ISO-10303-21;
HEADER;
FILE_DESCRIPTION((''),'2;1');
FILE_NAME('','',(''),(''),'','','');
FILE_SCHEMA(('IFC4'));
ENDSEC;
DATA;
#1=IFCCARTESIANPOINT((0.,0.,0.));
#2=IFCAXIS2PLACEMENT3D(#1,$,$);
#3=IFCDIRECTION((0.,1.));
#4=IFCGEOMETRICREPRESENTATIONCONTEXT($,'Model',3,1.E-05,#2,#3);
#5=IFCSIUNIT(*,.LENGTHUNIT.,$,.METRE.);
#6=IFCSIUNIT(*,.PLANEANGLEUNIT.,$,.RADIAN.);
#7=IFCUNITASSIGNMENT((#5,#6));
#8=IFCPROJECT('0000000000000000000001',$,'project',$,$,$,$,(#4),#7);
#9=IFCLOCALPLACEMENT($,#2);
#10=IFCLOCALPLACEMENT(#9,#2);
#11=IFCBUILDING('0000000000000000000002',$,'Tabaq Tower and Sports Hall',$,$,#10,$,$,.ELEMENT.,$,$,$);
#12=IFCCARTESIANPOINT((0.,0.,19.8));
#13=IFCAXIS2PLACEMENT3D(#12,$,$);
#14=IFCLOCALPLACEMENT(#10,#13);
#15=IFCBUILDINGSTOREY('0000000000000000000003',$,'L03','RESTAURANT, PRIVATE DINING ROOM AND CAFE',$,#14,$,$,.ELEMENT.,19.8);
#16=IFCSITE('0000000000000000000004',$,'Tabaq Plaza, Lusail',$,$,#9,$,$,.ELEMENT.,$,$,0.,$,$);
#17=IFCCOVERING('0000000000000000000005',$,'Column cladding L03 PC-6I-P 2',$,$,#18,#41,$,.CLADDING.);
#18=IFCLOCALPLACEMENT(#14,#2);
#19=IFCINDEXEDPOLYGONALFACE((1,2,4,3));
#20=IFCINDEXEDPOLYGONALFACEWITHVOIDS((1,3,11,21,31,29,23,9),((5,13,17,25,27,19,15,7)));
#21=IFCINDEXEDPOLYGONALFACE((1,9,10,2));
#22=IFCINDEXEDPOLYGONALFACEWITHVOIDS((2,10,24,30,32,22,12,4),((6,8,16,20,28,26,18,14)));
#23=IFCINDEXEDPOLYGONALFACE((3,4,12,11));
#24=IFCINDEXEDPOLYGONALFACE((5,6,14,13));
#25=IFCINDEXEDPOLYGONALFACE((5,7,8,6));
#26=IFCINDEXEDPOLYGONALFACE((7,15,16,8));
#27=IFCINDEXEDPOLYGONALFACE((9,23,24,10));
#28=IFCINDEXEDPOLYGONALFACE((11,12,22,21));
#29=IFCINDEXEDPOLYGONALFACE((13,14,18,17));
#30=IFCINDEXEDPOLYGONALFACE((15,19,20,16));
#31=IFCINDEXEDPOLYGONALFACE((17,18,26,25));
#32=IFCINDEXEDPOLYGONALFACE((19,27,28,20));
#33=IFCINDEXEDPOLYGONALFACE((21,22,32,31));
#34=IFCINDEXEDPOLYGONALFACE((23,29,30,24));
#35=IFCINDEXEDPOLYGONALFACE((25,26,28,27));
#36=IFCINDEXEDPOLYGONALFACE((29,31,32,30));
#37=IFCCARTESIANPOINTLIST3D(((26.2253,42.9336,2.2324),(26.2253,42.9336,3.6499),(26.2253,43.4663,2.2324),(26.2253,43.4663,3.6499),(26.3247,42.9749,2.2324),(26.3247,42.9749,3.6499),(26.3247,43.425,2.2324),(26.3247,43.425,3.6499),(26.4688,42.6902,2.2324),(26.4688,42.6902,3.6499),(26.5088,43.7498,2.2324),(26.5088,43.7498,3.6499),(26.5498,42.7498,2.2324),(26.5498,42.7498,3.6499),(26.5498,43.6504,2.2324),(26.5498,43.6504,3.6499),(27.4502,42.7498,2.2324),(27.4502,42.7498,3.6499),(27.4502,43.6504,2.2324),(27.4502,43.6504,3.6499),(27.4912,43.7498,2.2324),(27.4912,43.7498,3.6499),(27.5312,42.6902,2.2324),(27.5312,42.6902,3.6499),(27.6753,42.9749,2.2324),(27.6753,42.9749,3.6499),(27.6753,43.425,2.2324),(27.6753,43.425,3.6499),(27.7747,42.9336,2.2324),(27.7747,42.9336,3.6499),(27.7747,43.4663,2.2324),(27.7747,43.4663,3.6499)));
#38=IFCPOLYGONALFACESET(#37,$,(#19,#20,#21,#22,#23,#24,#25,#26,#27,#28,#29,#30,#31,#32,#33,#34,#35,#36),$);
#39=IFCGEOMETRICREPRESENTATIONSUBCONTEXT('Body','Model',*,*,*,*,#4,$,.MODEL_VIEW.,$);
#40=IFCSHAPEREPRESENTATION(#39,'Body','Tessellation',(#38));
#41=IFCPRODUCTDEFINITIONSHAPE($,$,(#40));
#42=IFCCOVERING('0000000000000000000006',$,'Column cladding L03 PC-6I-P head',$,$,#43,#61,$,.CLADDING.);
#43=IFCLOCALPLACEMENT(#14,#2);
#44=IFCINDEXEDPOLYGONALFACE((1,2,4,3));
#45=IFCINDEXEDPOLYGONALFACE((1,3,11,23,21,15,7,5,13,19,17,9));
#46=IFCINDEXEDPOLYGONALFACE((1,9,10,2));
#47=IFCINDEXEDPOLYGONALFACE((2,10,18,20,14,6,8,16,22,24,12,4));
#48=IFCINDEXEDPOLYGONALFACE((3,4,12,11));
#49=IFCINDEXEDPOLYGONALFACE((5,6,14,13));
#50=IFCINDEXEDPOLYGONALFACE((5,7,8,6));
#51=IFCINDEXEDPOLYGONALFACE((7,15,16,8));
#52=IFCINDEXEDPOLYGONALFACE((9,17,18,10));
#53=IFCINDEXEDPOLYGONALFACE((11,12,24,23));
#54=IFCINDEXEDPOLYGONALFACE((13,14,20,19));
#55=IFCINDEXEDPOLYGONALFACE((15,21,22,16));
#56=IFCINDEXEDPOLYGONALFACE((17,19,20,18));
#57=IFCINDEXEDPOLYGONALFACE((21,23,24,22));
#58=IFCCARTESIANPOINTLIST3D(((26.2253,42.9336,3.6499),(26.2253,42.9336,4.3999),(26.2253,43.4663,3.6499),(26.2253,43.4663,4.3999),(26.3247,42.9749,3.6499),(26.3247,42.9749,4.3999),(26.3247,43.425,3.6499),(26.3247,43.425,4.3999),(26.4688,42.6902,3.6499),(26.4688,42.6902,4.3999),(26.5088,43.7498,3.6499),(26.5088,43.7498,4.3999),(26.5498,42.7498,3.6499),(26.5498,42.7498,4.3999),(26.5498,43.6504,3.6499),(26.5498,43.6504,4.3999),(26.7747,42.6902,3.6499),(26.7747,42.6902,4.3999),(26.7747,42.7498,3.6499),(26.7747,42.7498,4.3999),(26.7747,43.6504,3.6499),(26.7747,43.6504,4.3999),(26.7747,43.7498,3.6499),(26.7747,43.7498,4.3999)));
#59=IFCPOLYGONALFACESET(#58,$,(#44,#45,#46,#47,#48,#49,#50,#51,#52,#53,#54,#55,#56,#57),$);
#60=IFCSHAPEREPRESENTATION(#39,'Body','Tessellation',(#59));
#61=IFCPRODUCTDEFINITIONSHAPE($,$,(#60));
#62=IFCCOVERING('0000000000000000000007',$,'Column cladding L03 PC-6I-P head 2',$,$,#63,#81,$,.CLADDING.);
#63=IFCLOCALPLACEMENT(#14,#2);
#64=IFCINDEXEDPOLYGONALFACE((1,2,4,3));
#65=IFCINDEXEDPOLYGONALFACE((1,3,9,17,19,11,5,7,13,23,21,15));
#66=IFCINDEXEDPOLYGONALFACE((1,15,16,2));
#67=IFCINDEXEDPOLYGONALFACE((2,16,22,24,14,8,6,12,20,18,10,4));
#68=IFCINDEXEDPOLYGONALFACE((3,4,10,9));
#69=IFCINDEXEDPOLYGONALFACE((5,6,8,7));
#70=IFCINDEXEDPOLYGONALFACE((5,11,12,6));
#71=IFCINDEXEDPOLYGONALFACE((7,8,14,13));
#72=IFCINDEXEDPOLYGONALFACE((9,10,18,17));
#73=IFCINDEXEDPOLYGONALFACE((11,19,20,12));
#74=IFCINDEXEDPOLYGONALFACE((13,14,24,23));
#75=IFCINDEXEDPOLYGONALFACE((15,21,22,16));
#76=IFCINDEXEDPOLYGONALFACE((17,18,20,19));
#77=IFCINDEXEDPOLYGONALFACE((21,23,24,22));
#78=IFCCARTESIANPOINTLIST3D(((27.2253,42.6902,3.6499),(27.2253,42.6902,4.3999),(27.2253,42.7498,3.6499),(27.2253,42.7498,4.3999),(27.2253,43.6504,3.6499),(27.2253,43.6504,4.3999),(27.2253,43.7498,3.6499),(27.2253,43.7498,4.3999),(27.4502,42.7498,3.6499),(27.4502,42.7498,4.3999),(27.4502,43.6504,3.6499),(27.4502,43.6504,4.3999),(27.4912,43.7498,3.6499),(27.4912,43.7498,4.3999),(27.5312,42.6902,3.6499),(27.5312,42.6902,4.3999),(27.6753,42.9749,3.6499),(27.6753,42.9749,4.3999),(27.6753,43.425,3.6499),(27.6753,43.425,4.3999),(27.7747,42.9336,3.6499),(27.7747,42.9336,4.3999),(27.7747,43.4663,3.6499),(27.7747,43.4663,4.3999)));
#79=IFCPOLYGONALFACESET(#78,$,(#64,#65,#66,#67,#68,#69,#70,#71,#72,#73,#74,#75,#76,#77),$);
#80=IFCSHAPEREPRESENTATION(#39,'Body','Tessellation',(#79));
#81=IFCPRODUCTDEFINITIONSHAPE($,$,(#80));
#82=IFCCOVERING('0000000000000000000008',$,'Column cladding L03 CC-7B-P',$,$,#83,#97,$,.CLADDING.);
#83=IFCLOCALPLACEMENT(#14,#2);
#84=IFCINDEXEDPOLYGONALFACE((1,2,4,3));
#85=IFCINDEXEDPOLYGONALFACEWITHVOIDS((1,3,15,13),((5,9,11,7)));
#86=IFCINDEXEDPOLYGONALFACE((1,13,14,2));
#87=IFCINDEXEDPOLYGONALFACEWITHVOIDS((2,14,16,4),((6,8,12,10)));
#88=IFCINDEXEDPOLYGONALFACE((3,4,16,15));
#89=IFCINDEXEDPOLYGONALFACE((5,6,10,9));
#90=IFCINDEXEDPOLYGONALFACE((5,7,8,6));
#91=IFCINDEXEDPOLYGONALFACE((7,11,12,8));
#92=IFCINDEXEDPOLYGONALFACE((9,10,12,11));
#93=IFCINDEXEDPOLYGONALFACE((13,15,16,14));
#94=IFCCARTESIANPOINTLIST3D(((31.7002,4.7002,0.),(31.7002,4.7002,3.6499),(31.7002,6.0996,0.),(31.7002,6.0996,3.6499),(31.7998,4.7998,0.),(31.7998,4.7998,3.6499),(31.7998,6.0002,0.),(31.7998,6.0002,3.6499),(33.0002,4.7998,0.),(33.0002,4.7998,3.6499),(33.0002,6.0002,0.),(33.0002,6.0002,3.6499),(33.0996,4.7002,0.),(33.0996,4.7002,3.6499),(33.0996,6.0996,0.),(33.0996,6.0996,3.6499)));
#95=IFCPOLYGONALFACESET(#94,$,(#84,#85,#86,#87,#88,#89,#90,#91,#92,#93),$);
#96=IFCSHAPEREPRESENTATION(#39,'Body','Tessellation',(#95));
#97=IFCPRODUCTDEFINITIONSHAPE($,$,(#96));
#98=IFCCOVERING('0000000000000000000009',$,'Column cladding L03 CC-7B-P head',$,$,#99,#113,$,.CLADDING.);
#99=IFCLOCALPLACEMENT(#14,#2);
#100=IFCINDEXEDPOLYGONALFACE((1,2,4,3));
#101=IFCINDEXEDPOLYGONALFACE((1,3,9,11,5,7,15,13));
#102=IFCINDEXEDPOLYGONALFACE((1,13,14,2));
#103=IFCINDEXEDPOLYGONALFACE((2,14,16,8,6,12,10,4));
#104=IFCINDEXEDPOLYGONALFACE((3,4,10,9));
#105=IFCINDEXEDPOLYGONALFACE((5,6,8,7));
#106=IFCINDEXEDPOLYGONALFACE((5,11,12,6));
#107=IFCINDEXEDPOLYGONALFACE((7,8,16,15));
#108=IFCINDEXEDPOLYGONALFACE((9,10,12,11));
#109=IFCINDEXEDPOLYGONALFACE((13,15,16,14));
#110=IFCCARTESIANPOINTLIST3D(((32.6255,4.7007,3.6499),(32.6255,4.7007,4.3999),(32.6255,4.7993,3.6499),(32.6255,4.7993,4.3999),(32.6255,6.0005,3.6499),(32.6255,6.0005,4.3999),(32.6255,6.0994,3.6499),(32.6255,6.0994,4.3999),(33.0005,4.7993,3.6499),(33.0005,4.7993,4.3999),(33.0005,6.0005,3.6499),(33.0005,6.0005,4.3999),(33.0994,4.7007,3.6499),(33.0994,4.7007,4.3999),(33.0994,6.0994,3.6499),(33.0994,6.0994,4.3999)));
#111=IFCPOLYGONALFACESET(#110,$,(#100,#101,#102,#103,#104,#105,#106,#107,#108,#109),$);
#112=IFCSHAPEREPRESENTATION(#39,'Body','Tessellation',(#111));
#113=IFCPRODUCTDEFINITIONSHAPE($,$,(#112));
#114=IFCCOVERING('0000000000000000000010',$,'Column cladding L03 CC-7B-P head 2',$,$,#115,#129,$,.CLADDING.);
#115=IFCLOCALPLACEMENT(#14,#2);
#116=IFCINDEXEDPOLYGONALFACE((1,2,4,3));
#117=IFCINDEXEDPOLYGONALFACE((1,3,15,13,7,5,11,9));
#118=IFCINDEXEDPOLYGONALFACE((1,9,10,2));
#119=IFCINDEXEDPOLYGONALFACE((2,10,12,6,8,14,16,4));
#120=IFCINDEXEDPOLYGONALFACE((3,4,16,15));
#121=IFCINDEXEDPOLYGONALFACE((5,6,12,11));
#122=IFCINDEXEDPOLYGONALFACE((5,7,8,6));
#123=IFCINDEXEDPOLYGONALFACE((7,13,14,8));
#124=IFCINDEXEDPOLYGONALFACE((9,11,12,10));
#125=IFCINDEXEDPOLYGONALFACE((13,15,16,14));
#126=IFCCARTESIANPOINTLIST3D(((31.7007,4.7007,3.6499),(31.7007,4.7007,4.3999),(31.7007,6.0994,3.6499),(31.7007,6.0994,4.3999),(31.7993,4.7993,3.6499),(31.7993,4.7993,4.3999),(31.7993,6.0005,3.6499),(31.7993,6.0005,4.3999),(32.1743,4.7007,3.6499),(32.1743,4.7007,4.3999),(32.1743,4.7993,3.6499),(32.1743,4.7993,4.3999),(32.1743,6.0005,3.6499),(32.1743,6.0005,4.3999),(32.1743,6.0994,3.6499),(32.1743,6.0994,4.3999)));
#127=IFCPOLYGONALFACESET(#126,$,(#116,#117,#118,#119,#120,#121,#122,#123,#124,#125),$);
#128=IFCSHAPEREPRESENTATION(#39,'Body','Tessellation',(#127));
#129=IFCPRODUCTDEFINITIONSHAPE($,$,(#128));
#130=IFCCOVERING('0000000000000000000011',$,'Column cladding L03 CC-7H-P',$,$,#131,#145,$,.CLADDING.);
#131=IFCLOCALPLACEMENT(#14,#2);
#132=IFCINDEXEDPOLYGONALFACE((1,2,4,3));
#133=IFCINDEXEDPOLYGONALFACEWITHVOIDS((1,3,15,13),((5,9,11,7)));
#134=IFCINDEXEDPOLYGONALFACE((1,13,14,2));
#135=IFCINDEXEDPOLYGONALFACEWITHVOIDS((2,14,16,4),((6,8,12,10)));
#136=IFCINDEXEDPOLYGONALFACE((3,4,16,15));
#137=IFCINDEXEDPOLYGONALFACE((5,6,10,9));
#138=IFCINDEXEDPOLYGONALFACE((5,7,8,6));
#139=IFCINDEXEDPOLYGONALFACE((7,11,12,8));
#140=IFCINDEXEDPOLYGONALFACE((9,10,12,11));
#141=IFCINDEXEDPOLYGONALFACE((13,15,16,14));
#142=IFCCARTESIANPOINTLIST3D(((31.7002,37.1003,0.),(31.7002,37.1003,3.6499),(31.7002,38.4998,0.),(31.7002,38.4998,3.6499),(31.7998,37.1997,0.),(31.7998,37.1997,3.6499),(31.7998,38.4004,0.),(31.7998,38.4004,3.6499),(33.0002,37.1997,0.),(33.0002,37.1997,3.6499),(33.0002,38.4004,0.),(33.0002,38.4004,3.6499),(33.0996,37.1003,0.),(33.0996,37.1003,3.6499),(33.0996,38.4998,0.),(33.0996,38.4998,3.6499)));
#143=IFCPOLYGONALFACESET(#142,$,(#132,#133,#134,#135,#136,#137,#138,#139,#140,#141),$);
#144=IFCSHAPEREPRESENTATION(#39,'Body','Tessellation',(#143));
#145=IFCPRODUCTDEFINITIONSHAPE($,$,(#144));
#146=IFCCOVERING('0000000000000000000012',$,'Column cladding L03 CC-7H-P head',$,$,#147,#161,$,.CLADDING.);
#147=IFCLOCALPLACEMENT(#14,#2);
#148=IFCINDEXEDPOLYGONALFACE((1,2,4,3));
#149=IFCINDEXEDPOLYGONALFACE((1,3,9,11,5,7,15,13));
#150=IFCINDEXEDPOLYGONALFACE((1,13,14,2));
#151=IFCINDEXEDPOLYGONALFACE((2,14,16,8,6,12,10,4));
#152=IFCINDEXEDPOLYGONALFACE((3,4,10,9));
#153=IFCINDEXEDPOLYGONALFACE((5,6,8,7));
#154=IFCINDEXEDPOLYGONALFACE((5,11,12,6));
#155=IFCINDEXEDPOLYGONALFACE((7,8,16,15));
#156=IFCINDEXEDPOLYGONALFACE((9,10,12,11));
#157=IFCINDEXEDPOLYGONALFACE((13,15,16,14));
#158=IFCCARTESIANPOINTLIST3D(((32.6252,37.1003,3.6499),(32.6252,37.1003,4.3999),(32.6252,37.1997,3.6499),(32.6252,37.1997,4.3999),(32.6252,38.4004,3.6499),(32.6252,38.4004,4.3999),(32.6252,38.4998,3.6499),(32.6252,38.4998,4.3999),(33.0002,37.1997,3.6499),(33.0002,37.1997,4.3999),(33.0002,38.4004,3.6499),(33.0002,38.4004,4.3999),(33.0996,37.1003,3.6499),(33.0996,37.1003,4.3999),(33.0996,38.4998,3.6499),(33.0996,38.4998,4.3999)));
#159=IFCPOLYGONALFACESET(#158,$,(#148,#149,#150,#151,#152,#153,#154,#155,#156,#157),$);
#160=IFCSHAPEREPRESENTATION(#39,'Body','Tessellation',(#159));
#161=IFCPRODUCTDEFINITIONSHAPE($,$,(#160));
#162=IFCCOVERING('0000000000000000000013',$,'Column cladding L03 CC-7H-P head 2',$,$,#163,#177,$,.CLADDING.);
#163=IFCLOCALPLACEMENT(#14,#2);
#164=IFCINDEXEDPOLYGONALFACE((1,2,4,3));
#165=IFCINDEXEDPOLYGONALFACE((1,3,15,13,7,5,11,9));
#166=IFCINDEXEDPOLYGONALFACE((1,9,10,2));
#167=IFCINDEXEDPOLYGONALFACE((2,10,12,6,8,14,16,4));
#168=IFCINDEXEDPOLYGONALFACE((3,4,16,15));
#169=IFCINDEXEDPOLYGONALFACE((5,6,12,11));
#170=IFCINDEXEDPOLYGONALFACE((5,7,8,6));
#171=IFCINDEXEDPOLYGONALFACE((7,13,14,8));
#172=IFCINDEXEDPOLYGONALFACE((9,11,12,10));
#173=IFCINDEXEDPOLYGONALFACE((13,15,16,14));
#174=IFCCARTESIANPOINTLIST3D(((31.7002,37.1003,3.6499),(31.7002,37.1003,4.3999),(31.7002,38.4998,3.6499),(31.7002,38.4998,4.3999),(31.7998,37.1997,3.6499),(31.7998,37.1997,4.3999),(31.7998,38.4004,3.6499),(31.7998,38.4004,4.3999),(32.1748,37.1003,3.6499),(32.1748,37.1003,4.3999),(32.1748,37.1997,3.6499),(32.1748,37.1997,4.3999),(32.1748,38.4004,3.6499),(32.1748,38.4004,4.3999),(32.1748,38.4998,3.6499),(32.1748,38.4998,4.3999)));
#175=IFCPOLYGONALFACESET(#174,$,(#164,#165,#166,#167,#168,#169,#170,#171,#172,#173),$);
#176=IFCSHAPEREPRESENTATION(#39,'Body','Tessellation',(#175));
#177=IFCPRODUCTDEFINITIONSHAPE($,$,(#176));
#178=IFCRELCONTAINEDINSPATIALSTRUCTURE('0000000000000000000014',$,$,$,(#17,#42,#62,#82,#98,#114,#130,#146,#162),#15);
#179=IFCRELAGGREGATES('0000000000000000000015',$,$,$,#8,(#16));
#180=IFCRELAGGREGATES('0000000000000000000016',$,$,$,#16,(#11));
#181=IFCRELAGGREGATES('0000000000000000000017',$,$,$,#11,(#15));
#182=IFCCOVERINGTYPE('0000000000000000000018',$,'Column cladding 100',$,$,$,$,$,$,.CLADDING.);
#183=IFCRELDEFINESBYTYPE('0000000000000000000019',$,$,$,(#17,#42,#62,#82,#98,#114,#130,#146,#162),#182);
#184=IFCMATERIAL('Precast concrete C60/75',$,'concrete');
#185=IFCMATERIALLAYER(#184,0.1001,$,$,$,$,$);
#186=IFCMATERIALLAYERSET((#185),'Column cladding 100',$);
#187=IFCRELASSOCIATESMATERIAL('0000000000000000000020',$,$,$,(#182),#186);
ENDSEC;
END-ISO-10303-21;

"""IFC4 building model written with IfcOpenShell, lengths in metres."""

from ifc_helpers import new_model, si_unit, direction, frame, origin, place, context, subcontext, project, spatial, polyline, outline, extrude, material, layer, layer_set, type_object, element, save


model = new_model("IFC4")

# Units and contexts
model_context = context("Model", 3, precision=1e-05, world=origin(), true_north=direction((0.0, 1.0)))
body_context = subcontext(model_context, "Body", "Model", "MODEL_VIEW")
ifc_project = project(units=[si_unit("LENGTHUNIT", "METRE"), si_unit("PLANEANGLEUNIT", "RADIAN")], contexts=[model_context])

# Site, building, storey
site_placement = place(None, origin())
site = spatial("IfcSite", under=ifc_project, at=site_placement, Name="Tabaq Plaza, Lusail", CompositionType="ELEMENT", RefElevation=0.0)
building_placement = place(site_placement, origin())
building = spatial("IfcBuilding", under=site, at=building_placement, Name="Tabaq Tower and Sports Hall", CompositionType="ELEMENT")
storey_placement = place(building_placement, frame((0.0, 0.0, 19.8)))
storey = spatial("IfcBuildingStorey", under=building, at=storey_placement, Name="L03", Description="RESTAURANT, PRIVATE DINING ROOM AND CAFE", CompositionType="ELEMENT", Elevation=19.8)

# Coverings
ifc_material_1 = material(Name="Precast concrete C60/75", Category="concrete")
ifc_layer_1 = layer(ifc_material_1, 0.1001)
ifc_layer_set_1 = layer_set([ifc_layer_1], Name="Column cladding 100")
covering_type_1 = type_object("IfcCoveringType", Name="Column cladding 100", PredefinedType="CLADDING", material=ifc_layer_set_1)
covering_1_placement = place(storey_placement, frame((0.0, 0.0, 2.2324)))
element("IfcCovering", 1, at=covering_1_placement, inside=storey, type_object=covering_type_1, Name="Column cladding L03 PC-6I-P 2", PredefinedType="CLADDING", context=body_context, shape_type="SweptSolid", body=[
    extrude(outline(polyline([(26.2253, 43.4663), (26.5088, 43.7498), (27.4912, 43.7498), (27.7747, 43.4663), (27.7747, 42.9336), (27.5312, 42.6902), (26.4688, 42.6902), (26.2253, 42.9336), (26.2253, 43.4663)]), holes=[polyline([(27.6753, 42.9749), (27.6753, 43.425), (27.4502, 43.6504), (26.5498, 43.6504), (26.3247, 43.425), (26.3247, 42.9749), (26.5498, 42.7498), (27.4502, 42.7498), (27.6753, 42.9749)])]), origin(), (0.0, 0.0, 1.0), 1.4175),
])
covering_2_placement = place(storey_placement, frame((0.0, 0.0, 3.6499)))
element("IfcCovering", 2, at=covering_2_placement, inside=storey, type_object=covering_type_1, Name="Column cladding L03 PC-6I-P head", PredefinedType="CLADDING", context=body_context, shape_type="SweptSolid", body=[
    extrude(outline(polyline([(26.5088, 43.7498), (26.7747, 43.7498), (26.7747, 43.6504), (26.5498, 43.6504), (26.3247, 43.425), (26.3247, 42.9749), (26.5498, 42.7498), (26.7747, 42.7498), (26.7747, 42.6902), (26.4688, 42.6902), (26.2253, 42.9336), (26.2253, 43.4663), (26.5088, 43.7498)])), origin(), (0.0, 0.0, 1.0), 0.75),
])
covering_3_placement = place(storey_placement, frame((0.0, 0.0, 3.6499)))
element("IfcCovering", 3, at=covering_3_placement, inside=storey, type_object=covering_type_1, Name="Column cladding L03 PC-6I-P head 2", PredefinedType="CLADDING", context=body_context, shape_type="SweptSolid", body=[
    extrude(outline(polyline([(27.4912, 43.7498), (27.7747, 43.4663), (27.7747, 42.9336), (27.5312, 42.6902), (27.2253, 42.6902), (27.2253, 42.7498), (27.4502, 42.7498), (27.6753, 42.9749), (27.6753, 43.425), (27.4502, 43.6504), (27.2253, 43.6504), (27.2253, 43.7498), (27.4912, 43.7498)])), origin(), (0.0, 0.0, 1.0), 0.75),
])
covering_4_placement = place(storey_placement, origin())
element("IfcCovering", 4, at=covering_4_placement, inside=storey, type_object=covering_type_1, Name="Column cladding L03 CC-7B-P", PredefinedType="CLADDING", context=body_context, shape_type="SweptSolid", body=[
    extrude(outline(polyline([(31.7002, 6.0996), (33.0996, 6.0996), (33.0996, 4.7002), (31.7002, 4.7002), (31.7002, 6.0996)]), holes=[polyline([(33.0002, 4.7998), (33.0002, 6.0002), (31.7998, 6.0002), (31.7998, 4.7998), (33.0002, 4.7998)])]), origin(), (0.0, 0.0, 1.0), 3.6499),
])
covering_5_placement = place(storey_placement, frame((0.0, 0.0, 3.6499)))
element("IfcCovering", 5, at=covering_5_placement, inside=storey, type_object=covering_type_1, Name="Column cladding L03 CC-7B-P head", PredefinedType="CLADDING", context=body_context, shape_type="SweptSolid", body=[
    extrude(outline(polyline([(32.6255, 4.7993), (33.0005, 4.7993), (33.0005, 6.0005), (32.6255, 6.0005), (32.6255, 6.0994), (33.0994, 6.0994), (33.0994, 4.7007), (32.6255, 4.7007), (32.6255, 4.7993)])), origin(), (0.0, 0.0, 1.0), 0.75),
])
covering_6_placement = place(storey_placement, frame((0.0, 0.0, 3.6499)))
element("IfcCovering", 6, at=covering_6_placement, inside=storey, type_object=covering_type_1, Name="Column cladding L03 CC-7B-P head 2", PredefinedType="CLADDING", context=body_context, shape_type="SweptSolid", body=[
    extrude(outline(polyline([(32.1743, 4.7993), (32.1743, 4.7007), (31.7007, 4.7007), (31.7007, 6.0994), (32.1743, 6.0994), (32.1743, 6.0005), (31.7993, 6.0005), (31.7993, 4.7993), (32.1743, 4.7993)])), origin(), (0.0, 0.0, 1.0), 0.75),
])
covering_7_placement = place(storey_placement, origin())
element("IfcCovering", 7, at=covering_7_placement, inside=storey, type_object=covering_type_1, Name="Column cladding L03 CC-7H-P", PredefinedType="CLADDING", context=body_context, shape_type="SweptSolid", body=[
    extrude(outline(polyline([(31.7002, 38.4998), (33.0996, 38.4998), (33.0996, 37.1003), (31.7002, 37.1003), (31.7002, 38.4998)]), holes=[polyline([(33.0002, 37.1997), (33.0002, 38.4004), (31.7998, 38.4004), (31.7998, 37.1997), (33.0002, 37.1997)])]), origin(), (0.0, 0.0, 1.0), 3.6499),
])
covering_8_placement = place(storey_placement, frame((0.0, 0.0, 3.6499)))
element("IfcCovering", 8, at=covering_8_placement, inside=storey, type_object=covering_type_1, Name="Column cladding L03 CC-7H-P head", PredefinedType="CLADDING", context=body_context, shape_type="SweptSolid", body=[
    extrude(outline(polyline([(33.0996, 38.4998), (33.0996, 37.1003), (32.6252, 37.1003), (32.6252, 37.1997), (33.0002, 37.1997), (33.0002, 38.4004), (32.6252, 38.4004), (32.6252, 38.4998), (33.0996, 38.4998)])), origin(), (0.0, 0.0, 1.0), 0.75),
])
covering_9_placement = place(storey_placement, frame((0.0, 0.0, 3.6499)))
element("IfcCovering", 9, at=covering_9_placement, inside=storey, type_object=covering_type_1, Name="Column cladding L03 CC-7H-P head 2", PredefinedType="CLADDING", context=body_context, shape_type="SweptSolid", body=[
    extrude(outline(polyline([(32.1748, 38.4998), (32.1748, 38.4004), (31.7998, 38.4004), (31.7998, 37.1997), (32.1748, 37.1997), (32.1748, 37.1003), (31.7002, 37.1003), (31.7002, 38.4998), (32.1748, 38.4998)])), origin(), (0.0, 0.0, 1.0), 0.75),
])

save(model, "model.ifc")
